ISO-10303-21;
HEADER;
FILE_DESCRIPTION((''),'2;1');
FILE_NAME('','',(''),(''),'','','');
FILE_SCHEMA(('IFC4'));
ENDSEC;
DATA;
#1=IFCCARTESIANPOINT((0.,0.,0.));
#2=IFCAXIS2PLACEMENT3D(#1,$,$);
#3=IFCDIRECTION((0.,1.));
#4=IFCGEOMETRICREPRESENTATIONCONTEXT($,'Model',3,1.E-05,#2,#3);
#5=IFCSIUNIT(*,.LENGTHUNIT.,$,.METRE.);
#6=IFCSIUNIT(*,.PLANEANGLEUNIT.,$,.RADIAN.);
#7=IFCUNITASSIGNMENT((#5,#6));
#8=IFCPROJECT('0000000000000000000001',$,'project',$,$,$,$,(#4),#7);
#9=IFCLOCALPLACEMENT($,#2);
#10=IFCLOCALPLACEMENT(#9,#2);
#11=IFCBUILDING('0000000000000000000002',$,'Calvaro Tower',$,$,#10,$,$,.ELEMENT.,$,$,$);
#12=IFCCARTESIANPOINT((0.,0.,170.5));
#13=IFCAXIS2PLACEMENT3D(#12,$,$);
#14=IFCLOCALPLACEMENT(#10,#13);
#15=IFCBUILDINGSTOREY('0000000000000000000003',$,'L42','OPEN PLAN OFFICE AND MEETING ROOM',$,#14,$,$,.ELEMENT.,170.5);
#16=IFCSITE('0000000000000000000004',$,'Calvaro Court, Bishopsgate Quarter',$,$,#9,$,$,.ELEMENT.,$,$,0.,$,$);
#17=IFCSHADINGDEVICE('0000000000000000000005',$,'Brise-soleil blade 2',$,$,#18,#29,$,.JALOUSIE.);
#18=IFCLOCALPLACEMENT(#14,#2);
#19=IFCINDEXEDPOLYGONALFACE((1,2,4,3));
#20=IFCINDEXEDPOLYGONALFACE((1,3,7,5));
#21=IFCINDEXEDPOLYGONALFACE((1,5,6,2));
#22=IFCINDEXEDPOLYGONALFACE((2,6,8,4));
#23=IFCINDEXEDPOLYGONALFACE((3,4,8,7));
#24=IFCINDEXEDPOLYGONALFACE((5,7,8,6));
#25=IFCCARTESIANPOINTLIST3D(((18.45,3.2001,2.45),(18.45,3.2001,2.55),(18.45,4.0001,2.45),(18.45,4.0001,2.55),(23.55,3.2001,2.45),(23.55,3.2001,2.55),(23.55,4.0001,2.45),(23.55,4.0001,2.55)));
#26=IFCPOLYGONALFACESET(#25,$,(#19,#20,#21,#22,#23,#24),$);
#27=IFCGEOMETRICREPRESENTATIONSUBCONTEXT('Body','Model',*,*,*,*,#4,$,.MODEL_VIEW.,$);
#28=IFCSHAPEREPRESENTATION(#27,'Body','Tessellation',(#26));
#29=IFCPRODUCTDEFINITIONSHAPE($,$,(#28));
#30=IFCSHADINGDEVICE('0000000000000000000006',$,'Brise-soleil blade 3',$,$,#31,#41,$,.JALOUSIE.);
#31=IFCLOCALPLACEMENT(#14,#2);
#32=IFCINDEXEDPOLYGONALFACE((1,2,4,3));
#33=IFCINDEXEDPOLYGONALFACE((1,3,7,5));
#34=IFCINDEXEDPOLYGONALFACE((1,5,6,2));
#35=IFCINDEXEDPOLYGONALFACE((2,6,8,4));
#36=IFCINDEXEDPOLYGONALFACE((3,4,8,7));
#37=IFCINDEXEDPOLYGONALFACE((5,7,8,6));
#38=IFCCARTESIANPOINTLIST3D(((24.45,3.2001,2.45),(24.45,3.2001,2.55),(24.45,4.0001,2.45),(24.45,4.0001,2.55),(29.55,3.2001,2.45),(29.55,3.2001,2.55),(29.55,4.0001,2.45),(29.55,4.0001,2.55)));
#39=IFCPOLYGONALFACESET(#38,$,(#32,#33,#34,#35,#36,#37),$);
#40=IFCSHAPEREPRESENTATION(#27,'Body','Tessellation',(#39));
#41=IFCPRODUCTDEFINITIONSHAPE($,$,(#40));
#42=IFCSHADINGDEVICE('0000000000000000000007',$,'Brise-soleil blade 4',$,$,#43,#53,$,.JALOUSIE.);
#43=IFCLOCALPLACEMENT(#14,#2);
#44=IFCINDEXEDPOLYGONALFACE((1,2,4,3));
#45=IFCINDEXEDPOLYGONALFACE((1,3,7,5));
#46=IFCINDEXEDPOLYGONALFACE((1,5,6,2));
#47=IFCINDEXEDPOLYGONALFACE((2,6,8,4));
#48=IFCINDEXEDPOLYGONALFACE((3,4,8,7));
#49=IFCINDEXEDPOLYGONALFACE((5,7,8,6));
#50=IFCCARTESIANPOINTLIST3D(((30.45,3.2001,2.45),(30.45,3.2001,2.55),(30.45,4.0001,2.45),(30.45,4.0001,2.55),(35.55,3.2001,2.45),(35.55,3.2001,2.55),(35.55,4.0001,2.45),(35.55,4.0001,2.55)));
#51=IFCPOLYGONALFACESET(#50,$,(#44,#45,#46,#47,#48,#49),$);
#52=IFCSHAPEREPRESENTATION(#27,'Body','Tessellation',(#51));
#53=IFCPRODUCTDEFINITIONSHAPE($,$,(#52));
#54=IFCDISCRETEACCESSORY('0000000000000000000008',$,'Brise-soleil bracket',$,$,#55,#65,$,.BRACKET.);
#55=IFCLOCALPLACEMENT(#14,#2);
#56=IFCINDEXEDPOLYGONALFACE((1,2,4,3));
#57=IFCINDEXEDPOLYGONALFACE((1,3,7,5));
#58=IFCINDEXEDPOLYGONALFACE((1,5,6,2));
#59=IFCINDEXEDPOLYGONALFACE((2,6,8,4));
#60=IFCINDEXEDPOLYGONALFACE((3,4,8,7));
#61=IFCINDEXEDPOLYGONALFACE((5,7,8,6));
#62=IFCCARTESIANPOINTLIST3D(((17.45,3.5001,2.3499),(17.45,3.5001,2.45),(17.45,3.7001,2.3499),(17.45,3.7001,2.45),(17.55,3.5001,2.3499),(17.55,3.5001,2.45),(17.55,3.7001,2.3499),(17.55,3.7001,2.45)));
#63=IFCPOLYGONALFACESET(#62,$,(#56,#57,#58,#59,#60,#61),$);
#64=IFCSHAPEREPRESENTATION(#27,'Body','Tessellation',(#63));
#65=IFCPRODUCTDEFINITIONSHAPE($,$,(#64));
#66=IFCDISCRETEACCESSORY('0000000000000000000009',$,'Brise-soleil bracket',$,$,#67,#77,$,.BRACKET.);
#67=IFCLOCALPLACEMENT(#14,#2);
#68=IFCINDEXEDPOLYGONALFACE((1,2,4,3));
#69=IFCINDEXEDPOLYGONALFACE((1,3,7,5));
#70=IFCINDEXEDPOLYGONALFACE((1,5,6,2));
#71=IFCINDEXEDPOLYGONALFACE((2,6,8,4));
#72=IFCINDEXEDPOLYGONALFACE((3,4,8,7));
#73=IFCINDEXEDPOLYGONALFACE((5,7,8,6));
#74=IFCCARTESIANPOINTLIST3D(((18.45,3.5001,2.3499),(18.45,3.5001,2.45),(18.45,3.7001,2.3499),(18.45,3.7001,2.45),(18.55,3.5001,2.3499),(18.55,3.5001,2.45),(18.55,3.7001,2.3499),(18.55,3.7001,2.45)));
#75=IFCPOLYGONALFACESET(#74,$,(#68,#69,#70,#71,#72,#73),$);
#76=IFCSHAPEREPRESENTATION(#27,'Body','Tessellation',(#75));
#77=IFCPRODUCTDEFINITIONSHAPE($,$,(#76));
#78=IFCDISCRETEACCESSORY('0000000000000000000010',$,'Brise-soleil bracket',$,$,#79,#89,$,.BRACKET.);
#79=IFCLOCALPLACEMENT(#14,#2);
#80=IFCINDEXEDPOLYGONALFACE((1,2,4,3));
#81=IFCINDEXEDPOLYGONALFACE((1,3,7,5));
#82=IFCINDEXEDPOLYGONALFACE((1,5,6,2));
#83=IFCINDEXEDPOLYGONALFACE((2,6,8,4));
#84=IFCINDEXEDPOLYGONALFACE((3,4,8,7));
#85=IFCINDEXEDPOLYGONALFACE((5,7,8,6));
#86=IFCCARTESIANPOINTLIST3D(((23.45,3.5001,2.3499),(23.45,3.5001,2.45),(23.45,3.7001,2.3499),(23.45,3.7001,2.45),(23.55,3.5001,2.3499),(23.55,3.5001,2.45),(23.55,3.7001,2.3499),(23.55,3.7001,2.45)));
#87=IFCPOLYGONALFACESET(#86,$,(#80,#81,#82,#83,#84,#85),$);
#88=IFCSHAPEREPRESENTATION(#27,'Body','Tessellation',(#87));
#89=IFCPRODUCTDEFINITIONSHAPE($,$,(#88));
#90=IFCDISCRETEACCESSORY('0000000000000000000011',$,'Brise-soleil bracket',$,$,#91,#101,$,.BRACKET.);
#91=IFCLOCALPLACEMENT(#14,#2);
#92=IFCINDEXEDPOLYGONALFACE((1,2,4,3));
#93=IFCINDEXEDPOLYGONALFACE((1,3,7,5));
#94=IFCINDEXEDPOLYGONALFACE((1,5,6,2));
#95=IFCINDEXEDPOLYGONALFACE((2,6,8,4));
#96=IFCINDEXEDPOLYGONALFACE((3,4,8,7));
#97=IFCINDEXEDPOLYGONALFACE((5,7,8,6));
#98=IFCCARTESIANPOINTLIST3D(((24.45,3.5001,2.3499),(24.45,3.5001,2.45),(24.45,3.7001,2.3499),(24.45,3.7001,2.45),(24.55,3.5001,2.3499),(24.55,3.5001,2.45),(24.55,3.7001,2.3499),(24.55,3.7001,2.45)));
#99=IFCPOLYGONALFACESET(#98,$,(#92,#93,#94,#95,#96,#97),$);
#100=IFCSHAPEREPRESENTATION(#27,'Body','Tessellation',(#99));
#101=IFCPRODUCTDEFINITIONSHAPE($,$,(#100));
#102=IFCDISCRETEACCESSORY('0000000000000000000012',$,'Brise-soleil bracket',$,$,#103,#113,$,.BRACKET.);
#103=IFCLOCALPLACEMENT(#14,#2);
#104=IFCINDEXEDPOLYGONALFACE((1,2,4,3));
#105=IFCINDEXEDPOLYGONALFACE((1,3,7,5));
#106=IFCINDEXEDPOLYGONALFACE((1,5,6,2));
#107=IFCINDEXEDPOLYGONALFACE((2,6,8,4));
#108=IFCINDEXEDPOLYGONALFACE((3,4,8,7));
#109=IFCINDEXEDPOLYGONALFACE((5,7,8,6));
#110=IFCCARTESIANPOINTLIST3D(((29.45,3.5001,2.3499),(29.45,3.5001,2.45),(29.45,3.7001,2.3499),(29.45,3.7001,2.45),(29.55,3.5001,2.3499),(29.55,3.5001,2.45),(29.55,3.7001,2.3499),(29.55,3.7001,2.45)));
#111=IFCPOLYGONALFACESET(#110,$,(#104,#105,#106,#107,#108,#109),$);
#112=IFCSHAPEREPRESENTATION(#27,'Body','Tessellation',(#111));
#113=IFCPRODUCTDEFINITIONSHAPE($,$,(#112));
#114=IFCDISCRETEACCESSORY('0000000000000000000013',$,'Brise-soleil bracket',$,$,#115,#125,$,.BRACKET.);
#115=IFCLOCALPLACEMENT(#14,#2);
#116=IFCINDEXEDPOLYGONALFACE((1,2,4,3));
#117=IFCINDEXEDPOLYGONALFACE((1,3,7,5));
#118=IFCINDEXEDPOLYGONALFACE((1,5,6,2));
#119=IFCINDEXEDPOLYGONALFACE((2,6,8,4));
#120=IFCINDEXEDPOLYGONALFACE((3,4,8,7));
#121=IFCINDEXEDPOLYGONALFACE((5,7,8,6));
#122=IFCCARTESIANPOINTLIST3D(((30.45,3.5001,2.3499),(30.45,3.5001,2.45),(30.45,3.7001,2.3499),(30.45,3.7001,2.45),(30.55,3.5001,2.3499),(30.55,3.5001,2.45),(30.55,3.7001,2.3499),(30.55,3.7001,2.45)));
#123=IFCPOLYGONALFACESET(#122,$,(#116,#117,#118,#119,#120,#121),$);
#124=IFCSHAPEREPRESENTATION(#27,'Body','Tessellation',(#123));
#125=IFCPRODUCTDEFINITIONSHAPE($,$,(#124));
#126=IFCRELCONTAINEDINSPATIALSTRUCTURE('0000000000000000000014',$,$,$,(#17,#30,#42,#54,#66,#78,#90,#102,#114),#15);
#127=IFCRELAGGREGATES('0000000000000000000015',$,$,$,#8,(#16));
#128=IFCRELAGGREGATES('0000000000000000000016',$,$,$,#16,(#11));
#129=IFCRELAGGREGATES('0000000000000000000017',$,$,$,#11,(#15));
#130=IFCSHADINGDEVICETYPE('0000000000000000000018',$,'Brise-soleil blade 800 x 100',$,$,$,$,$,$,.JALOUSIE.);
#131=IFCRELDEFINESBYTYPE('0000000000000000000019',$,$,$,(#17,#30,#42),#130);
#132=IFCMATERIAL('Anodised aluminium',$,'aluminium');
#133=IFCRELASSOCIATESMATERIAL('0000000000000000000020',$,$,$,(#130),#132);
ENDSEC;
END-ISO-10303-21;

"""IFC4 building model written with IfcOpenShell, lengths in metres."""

from ifc_helpers import new_model, si_unit, direction, frame, origin, origin_2d, place, context, subcontext, project, spatial, rectangle, extrude, material, material_profile, profile_set, type_object, element, save


model = new_model("IFC4")

# Units and contexts
model_context = context("Model", 3, precision=1e-05, world=origin(), true_north=direction((0.0, 1.0)))
body_context = subcontext(model_context, "Body", "Model", "MODEL_VIEW")
ifc_project = project(units=[si_unit("LENGTHUNIT", "METRE"), si_unit("PLANEANGLEUNIT", "RADIAN")], contexts=[model_context])

# Site, building, storey
site_placement = place(None, origin())
site = spatial("IfcSite", under=ifc_project, at=site_placement, Name="Calvaro Court, Bishopsgate Quarter", CompositionType="ELEMENT", RefElevation=0.0)
building_placement = place(site_placement, origin())
building = spatial("IfcBuilding", under=site, at=building_placement, Name="Calvaro Tower", CompositionType="ELEMENT")
storey_placement = place(building_placement, frame((0.0, 0.0, 170.5)))
storey = spatial("IfcBuildingStorey", under=building, at=storey_placement, Name="L42", Description="OPEN PLAN OFFICE AND MEETING ROOM", CompositionType="ELEMENT", Elevation=170.5)

# Shading devices
ifc_material_1 = material(Name="Anodised aluminium", Category="aluminium")
ifc_material_profile_1 = material_profile(ifc_material_1, rectangle(XDim=0.8, YDim=0.1001, at=origin_2d()), Name="Brise-soleil blade 800 x 100")
ifc_profile_set_1 = profile_set([ifc_material_profile_1], Name="Anodised aluminium")
shading_device_type = type_object("IfcShadingDeviceType", Name="Brise-soleil blade 800 x 100", PredefinedType="JALOUSIE", material=ifc_profile_set_1)
for number, where, z_axis, x_axis, name in (
    (1, (18.45, 3.6001, 2.5), (1.0, 0.0, 0.0), (0.0, 1.0, 0.0), "Brise-soleil blade 2"),
    (2, (24.45, 3.6001, 2.5), (1.0, 0.0, 0.0), (0.0, 1.0, 0.0), "Brise-soleil blade 3"),
    (3, (30.45, 3.6001, 2.5), (1.0, 0.0, 0.0), (0.0, 1.0, 0.0), "Brise-soleil blade 4"),
):
    element("IfcShadingDevice", number, at=place(storey_placement, frame(where, z_axis=z_axis, x_axis=x_axis)), inside=storey, type_object=shading_device_type, Name=name, PredefinedType="JALOUSIE", context=body_context, shape_type="SweptSolid", body=[
        extrude(rectangle(XDim=0.8, YDim=0.1001, at=origin_2d()), origin(), (0.0, 0.0, 1.0), 5.1001),
    ])

# Discrete accessories
for number, where, z_axis, x_axis, name in (
    (4, (17.5, 3.6001, 2.3499), (0.0, 0.0, 1.0), (1.0, 0.0, 0.0), "Brise-soleil bracket"),
    (5, (18.5, 3.6001, 2.3499), (0.0, 0.0, 1.0), (1.0, 0.0, 0.0), "Brise-soleil bracket"),
    (6, (23.5, 3.6001, 2.3499), (0.0, 0.0, 1.0), (1.0, 0.0, 0.0), "Brise-soleil bracket"),
    (7, (24.5, 3.6001, 2.3499), (0.0, 0.0, 1.0), (1.0, 0.0, 0.0), "Brise-soleil bracket"),
    (8, (29.5, 3.6001, 2.3499), (0.0, 0.0, 1.0), (1.0, 0.0, 0.0), "Brise-soleil bracket"),
    (9, (30.5, 3.6001, 2.3499), (0.0, 0.0, 1.0), (1.0, 0.0, 0.0), "Brise-soleil bracket"),
):
    element("IfcDiscreteAccessory", number, at=place(storey_placement, frame(where, z_axis=z_axis, x_axis=x_axis)), inside=storey, Name=name, PredefinedType="BRACKET", context=body_context, shape_type="SweptSolid", body=[
        extrude(rectangle(XDim=0.1001, YDim=0.2, at=origin_2d()), origin(), (0.0, 0.0, 1.0), 0.1001),
    ])

save(model, "model.ifc")
